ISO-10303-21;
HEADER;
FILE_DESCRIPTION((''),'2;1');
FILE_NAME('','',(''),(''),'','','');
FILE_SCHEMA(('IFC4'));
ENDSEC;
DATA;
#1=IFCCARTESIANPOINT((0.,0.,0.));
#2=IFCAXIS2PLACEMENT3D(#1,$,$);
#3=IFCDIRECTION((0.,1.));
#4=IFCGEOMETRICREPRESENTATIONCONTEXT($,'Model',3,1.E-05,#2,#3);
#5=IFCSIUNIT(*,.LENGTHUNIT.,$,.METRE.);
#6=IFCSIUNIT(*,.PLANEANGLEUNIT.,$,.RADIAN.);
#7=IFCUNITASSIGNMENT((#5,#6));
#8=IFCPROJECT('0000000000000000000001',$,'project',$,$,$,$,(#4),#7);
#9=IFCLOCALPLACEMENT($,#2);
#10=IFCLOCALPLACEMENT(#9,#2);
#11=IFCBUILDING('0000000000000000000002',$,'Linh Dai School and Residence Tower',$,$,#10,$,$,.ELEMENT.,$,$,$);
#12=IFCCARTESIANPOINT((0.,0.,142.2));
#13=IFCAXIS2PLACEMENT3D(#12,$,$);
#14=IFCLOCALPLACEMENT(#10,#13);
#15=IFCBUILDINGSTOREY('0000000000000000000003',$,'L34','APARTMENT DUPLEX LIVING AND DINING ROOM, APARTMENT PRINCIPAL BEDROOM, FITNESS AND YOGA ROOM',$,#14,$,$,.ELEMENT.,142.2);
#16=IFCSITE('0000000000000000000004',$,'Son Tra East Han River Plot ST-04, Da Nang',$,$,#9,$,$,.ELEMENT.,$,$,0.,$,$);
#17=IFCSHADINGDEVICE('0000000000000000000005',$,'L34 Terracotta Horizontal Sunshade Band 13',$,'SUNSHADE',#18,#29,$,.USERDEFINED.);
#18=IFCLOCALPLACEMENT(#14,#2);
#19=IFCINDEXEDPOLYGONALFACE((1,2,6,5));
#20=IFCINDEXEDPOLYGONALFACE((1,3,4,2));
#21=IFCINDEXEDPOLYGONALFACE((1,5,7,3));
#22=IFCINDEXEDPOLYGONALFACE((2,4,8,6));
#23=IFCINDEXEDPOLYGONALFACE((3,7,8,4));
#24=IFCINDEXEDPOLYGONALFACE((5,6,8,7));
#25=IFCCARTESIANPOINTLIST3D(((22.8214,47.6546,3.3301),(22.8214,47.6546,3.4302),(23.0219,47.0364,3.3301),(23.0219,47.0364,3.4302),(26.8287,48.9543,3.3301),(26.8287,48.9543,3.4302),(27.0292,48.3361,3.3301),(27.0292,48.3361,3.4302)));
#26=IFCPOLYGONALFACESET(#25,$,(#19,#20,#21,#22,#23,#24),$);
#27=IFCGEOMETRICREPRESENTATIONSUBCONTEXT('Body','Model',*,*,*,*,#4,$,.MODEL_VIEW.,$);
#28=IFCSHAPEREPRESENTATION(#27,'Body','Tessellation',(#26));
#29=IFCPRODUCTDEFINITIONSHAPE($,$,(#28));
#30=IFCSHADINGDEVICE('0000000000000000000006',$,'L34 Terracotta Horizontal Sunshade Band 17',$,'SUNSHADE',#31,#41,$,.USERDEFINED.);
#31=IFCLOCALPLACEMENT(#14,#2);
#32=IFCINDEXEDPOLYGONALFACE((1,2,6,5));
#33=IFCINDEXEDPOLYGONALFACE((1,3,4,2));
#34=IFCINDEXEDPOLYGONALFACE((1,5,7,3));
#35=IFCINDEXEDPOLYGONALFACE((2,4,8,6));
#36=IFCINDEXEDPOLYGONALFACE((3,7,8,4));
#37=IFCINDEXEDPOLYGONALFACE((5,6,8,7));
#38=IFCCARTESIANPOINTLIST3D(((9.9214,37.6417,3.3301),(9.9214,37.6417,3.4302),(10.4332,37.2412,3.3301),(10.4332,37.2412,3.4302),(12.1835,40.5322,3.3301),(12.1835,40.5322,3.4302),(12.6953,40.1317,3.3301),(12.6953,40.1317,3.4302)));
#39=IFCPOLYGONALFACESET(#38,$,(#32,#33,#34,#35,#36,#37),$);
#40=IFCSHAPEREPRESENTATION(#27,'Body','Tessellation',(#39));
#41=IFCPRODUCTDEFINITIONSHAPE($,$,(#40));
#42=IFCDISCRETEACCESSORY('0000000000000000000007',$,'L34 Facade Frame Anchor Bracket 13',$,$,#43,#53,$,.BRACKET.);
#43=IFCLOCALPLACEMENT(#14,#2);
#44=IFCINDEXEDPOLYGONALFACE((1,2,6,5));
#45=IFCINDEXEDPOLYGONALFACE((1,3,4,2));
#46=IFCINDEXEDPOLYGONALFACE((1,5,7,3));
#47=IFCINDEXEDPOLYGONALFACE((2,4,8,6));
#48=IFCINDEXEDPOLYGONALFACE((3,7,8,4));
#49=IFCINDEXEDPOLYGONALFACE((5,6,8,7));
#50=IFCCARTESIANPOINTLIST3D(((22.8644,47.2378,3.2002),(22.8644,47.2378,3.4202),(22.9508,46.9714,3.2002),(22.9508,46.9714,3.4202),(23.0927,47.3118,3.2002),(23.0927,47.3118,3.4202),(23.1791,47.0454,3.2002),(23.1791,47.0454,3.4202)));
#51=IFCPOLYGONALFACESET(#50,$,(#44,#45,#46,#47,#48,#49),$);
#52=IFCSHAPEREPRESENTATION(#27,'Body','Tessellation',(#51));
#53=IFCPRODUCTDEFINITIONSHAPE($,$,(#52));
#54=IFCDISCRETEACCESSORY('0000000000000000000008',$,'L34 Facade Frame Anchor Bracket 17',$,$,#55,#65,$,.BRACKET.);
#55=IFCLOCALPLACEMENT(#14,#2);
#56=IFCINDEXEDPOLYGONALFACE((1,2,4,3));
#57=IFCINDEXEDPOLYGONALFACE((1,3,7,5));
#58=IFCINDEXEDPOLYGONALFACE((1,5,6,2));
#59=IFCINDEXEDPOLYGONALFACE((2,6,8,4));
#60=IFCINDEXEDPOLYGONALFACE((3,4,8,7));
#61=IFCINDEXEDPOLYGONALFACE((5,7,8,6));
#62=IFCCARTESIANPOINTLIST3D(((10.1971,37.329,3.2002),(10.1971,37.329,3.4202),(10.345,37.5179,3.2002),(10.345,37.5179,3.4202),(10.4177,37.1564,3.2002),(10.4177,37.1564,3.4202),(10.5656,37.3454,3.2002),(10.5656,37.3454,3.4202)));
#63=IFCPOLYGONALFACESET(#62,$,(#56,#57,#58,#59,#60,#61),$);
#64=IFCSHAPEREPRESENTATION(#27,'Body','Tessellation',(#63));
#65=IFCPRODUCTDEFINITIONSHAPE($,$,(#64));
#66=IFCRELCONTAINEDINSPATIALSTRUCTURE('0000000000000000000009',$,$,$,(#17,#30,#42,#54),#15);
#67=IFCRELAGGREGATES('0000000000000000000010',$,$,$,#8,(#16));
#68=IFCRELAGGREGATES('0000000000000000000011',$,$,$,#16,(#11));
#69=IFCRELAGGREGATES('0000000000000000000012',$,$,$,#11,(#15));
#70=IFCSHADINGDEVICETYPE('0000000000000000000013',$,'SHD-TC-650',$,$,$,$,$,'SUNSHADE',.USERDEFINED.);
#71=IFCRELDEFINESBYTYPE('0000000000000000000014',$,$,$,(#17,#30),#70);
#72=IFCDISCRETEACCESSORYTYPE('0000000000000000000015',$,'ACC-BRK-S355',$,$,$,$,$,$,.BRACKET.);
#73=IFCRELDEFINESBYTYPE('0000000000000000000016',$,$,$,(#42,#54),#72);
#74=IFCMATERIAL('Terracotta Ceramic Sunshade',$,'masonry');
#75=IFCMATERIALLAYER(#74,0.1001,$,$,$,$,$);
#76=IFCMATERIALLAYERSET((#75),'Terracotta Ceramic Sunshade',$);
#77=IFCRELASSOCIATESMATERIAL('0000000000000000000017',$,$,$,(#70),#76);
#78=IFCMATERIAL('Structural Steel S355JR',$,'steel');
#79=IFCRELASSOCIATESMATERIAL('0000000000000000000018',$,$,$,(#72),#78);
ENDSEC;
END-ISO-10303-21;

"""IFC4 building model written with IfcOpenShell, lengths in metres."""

from ifc_helpers import new_model, si_unit, direction, frame, origin, origin_2d, place, context, subcontext, project, spatial, rectangle, extrude, source, transform, mapped, material, layer, layer_set, type_object, element, save


model = new_model("IFC4")

# Units and contexts
model_context = context("Model", 3, precision=1e-05, world=origin(), true_north=direction((0.0, 1.0)))
body_context = subcontext(model_context, "Body", "Model", "MODEL_VIEW")
ifc_project = project(units=[si_unit("LENGTHUNIT", "METRE"), si_unit("PLANEANGLEUNIT", "RADIAN")], contexts=[model_context])

# Site, building, storey
site_placement = place(None, origin())
site = spatial("IfcSite", under=ifc_project, at=site_placement, Name="Son Tra East Han River Plot ST-04, Da Nang", CompositionType="ELEMENT", RefElevation=0.0)
building_placement = place(site_placement, origin())
building = spatial("IfcBuilding", under=site, at=building_placement, Name="Linh Dai School and Residence Tower", CompositionType="ELEMENT")
storey_placement = place(building_placement, frame((0.0, 0.0, 142.2)))
storey = spatial("IfcBuildingStorey", under=building, at=storey_placement, Name="L34", Description="APARTMENT DUPLEX LIVING AND DINING ROOM, APARTMENT PRINCIPAL BEDROOM, FITNESS AND YOGA ROOM", CompositionType="ELEMENT", Elevation=142.2)

# Shared definitions
ifc_material_1 = material(Name="Structural Steel S355JR", Category="steel")

# Shading devices
ifc_material_2 = material(Name="Terracotta Ceramic Sunshade", Category="masonry")
ifc_layer_1 = layer(ifc_material_2, 0.1001)
ifc_layer_set_1 = layer_set([ifc_layer_1], Name="Terracotta Ceramic Sunshade")
shading_device_type = type_object("IfcShadingDeviceType", Name="SHD-TC-650", ElementType="SUNSHADE", PredefinedType="USERDEFINED", material=ifc_layer_set_1)
shared_shape_1 = source(origin(), body_context, "Body", "SweptSolid", [
    extrude(rectangle(XDim=4.2129, YDim=0.6499, at=origin_2d()), origin(), (0.0, 0.0, 1.0), 0.1001),
])
shading_device_1_placement = place(storey_placement, frame((24.9253, 47.9954, 3.3301), z_axis=(0.0, 0.0, 1.0), x_axis=(0.951217, 0.308522, 0.0)))
element("IfcShadingDevice", 1, at=shading_device_1_placement, inside=storey, type_object=shading_device_type, Name="L34 Terracotta Horizontal Sunshade Band 13", ObjectType="SUNSHADE", PredefinedType="USERDEFINED", context=body_context, shape_type="MappedRepresentation", body=[
    mapped(shared_shape_1, transform((0.0, 0.0, 0.0), x_axis=(1.0, 0.0, 0.0), y_axis=(0.0, 1.0, 0.0), z_axis=(0.0, 0.0, 1.0), scale=1.0)),
])
shared_shape_2 = source(origin(), body_context, "Body", "SweptSolid", [
    extrude(rectangle(XDim=3.6704, YDim=0.6499, at=origin_2d()), origin(), (0.0, 0.0, 1.0), 0.1001),
])
shading_device_2_placement = place(storey_placement, frame((11.3083, 38.8867, 3.3301), z_axis=(0.0, 0.0, 1.0), x_axis=(0.616305, 0.787508, 0.0)))
element("IfcShadingDevice", 2, at=shading_device_2_placement, inside=storey, type_object=shading_device_type, Name="L34 Terracotta Horizontal Sunshade Band 17", ObjectType="SUNSHADE", PredefinedType="USERDEFINED", context=body_context, shape_type="MappedRepresentation", body=[
    mapped(shared_shape_2, transform((0.0, 0.0, 0.0), x_axis=(1.0, 0.0, 0.0), y_axis=(0.0, 1.0, 0.0), z_axis=(0.0, 0.0, 1.0), scale=1.0)),
])

# Discrete accessories
discrete_accessory_type = type_object("IfcDiscreteAccessoryType", Name="ACC-BRK-S355", PredefinedType="BRACKET", material=ifc_material_1)
shared_shape_3 = source(origin(), body_context, "Body", "SweptSolid", [
    extrude(rectangle(XDim=0.28, YDim=0.24, at=origin_2d()), origin(), (0.0, 0.0, 1.0), 0.22),
])
for number, where, z_axis, x_axis, name in (
    (3, (23.0217, 47.1416, 3.2002), (0.0, 0.0, 1.0), (-0.308522, 0.951217, 0.0), "L34 Facade Frame Anchor Bracket 13"),
    (4, (10.3813, 37.3372, 3.2002), (0.0, 0.0, 1.0), (-0.787508, 0.616305, 0.0), "L34 Facade Frame Anchor Bracket 17"),
):
    element("IfcDiscreteAccessory", number, at=place(storey_placement, frame(where, z_axis=z_axis, x_axis=x_axis)), inside=storey, type_object=discrete_accessory_type, Name=name, PredefinedType="BRACKET", context=body_context, shape_type="MappedRepresentation", body=[
        mapped(shared_shape_3, transform((0.0, 0.0, 0.0), x_axis=(1.0, 0.0, 0.0), y_axis=(0.0, 1.0, 0.0), z_axis=(0.0, 0.0, 1.0), scale=1.0)),
    ])

save(model, "model.ifc")
